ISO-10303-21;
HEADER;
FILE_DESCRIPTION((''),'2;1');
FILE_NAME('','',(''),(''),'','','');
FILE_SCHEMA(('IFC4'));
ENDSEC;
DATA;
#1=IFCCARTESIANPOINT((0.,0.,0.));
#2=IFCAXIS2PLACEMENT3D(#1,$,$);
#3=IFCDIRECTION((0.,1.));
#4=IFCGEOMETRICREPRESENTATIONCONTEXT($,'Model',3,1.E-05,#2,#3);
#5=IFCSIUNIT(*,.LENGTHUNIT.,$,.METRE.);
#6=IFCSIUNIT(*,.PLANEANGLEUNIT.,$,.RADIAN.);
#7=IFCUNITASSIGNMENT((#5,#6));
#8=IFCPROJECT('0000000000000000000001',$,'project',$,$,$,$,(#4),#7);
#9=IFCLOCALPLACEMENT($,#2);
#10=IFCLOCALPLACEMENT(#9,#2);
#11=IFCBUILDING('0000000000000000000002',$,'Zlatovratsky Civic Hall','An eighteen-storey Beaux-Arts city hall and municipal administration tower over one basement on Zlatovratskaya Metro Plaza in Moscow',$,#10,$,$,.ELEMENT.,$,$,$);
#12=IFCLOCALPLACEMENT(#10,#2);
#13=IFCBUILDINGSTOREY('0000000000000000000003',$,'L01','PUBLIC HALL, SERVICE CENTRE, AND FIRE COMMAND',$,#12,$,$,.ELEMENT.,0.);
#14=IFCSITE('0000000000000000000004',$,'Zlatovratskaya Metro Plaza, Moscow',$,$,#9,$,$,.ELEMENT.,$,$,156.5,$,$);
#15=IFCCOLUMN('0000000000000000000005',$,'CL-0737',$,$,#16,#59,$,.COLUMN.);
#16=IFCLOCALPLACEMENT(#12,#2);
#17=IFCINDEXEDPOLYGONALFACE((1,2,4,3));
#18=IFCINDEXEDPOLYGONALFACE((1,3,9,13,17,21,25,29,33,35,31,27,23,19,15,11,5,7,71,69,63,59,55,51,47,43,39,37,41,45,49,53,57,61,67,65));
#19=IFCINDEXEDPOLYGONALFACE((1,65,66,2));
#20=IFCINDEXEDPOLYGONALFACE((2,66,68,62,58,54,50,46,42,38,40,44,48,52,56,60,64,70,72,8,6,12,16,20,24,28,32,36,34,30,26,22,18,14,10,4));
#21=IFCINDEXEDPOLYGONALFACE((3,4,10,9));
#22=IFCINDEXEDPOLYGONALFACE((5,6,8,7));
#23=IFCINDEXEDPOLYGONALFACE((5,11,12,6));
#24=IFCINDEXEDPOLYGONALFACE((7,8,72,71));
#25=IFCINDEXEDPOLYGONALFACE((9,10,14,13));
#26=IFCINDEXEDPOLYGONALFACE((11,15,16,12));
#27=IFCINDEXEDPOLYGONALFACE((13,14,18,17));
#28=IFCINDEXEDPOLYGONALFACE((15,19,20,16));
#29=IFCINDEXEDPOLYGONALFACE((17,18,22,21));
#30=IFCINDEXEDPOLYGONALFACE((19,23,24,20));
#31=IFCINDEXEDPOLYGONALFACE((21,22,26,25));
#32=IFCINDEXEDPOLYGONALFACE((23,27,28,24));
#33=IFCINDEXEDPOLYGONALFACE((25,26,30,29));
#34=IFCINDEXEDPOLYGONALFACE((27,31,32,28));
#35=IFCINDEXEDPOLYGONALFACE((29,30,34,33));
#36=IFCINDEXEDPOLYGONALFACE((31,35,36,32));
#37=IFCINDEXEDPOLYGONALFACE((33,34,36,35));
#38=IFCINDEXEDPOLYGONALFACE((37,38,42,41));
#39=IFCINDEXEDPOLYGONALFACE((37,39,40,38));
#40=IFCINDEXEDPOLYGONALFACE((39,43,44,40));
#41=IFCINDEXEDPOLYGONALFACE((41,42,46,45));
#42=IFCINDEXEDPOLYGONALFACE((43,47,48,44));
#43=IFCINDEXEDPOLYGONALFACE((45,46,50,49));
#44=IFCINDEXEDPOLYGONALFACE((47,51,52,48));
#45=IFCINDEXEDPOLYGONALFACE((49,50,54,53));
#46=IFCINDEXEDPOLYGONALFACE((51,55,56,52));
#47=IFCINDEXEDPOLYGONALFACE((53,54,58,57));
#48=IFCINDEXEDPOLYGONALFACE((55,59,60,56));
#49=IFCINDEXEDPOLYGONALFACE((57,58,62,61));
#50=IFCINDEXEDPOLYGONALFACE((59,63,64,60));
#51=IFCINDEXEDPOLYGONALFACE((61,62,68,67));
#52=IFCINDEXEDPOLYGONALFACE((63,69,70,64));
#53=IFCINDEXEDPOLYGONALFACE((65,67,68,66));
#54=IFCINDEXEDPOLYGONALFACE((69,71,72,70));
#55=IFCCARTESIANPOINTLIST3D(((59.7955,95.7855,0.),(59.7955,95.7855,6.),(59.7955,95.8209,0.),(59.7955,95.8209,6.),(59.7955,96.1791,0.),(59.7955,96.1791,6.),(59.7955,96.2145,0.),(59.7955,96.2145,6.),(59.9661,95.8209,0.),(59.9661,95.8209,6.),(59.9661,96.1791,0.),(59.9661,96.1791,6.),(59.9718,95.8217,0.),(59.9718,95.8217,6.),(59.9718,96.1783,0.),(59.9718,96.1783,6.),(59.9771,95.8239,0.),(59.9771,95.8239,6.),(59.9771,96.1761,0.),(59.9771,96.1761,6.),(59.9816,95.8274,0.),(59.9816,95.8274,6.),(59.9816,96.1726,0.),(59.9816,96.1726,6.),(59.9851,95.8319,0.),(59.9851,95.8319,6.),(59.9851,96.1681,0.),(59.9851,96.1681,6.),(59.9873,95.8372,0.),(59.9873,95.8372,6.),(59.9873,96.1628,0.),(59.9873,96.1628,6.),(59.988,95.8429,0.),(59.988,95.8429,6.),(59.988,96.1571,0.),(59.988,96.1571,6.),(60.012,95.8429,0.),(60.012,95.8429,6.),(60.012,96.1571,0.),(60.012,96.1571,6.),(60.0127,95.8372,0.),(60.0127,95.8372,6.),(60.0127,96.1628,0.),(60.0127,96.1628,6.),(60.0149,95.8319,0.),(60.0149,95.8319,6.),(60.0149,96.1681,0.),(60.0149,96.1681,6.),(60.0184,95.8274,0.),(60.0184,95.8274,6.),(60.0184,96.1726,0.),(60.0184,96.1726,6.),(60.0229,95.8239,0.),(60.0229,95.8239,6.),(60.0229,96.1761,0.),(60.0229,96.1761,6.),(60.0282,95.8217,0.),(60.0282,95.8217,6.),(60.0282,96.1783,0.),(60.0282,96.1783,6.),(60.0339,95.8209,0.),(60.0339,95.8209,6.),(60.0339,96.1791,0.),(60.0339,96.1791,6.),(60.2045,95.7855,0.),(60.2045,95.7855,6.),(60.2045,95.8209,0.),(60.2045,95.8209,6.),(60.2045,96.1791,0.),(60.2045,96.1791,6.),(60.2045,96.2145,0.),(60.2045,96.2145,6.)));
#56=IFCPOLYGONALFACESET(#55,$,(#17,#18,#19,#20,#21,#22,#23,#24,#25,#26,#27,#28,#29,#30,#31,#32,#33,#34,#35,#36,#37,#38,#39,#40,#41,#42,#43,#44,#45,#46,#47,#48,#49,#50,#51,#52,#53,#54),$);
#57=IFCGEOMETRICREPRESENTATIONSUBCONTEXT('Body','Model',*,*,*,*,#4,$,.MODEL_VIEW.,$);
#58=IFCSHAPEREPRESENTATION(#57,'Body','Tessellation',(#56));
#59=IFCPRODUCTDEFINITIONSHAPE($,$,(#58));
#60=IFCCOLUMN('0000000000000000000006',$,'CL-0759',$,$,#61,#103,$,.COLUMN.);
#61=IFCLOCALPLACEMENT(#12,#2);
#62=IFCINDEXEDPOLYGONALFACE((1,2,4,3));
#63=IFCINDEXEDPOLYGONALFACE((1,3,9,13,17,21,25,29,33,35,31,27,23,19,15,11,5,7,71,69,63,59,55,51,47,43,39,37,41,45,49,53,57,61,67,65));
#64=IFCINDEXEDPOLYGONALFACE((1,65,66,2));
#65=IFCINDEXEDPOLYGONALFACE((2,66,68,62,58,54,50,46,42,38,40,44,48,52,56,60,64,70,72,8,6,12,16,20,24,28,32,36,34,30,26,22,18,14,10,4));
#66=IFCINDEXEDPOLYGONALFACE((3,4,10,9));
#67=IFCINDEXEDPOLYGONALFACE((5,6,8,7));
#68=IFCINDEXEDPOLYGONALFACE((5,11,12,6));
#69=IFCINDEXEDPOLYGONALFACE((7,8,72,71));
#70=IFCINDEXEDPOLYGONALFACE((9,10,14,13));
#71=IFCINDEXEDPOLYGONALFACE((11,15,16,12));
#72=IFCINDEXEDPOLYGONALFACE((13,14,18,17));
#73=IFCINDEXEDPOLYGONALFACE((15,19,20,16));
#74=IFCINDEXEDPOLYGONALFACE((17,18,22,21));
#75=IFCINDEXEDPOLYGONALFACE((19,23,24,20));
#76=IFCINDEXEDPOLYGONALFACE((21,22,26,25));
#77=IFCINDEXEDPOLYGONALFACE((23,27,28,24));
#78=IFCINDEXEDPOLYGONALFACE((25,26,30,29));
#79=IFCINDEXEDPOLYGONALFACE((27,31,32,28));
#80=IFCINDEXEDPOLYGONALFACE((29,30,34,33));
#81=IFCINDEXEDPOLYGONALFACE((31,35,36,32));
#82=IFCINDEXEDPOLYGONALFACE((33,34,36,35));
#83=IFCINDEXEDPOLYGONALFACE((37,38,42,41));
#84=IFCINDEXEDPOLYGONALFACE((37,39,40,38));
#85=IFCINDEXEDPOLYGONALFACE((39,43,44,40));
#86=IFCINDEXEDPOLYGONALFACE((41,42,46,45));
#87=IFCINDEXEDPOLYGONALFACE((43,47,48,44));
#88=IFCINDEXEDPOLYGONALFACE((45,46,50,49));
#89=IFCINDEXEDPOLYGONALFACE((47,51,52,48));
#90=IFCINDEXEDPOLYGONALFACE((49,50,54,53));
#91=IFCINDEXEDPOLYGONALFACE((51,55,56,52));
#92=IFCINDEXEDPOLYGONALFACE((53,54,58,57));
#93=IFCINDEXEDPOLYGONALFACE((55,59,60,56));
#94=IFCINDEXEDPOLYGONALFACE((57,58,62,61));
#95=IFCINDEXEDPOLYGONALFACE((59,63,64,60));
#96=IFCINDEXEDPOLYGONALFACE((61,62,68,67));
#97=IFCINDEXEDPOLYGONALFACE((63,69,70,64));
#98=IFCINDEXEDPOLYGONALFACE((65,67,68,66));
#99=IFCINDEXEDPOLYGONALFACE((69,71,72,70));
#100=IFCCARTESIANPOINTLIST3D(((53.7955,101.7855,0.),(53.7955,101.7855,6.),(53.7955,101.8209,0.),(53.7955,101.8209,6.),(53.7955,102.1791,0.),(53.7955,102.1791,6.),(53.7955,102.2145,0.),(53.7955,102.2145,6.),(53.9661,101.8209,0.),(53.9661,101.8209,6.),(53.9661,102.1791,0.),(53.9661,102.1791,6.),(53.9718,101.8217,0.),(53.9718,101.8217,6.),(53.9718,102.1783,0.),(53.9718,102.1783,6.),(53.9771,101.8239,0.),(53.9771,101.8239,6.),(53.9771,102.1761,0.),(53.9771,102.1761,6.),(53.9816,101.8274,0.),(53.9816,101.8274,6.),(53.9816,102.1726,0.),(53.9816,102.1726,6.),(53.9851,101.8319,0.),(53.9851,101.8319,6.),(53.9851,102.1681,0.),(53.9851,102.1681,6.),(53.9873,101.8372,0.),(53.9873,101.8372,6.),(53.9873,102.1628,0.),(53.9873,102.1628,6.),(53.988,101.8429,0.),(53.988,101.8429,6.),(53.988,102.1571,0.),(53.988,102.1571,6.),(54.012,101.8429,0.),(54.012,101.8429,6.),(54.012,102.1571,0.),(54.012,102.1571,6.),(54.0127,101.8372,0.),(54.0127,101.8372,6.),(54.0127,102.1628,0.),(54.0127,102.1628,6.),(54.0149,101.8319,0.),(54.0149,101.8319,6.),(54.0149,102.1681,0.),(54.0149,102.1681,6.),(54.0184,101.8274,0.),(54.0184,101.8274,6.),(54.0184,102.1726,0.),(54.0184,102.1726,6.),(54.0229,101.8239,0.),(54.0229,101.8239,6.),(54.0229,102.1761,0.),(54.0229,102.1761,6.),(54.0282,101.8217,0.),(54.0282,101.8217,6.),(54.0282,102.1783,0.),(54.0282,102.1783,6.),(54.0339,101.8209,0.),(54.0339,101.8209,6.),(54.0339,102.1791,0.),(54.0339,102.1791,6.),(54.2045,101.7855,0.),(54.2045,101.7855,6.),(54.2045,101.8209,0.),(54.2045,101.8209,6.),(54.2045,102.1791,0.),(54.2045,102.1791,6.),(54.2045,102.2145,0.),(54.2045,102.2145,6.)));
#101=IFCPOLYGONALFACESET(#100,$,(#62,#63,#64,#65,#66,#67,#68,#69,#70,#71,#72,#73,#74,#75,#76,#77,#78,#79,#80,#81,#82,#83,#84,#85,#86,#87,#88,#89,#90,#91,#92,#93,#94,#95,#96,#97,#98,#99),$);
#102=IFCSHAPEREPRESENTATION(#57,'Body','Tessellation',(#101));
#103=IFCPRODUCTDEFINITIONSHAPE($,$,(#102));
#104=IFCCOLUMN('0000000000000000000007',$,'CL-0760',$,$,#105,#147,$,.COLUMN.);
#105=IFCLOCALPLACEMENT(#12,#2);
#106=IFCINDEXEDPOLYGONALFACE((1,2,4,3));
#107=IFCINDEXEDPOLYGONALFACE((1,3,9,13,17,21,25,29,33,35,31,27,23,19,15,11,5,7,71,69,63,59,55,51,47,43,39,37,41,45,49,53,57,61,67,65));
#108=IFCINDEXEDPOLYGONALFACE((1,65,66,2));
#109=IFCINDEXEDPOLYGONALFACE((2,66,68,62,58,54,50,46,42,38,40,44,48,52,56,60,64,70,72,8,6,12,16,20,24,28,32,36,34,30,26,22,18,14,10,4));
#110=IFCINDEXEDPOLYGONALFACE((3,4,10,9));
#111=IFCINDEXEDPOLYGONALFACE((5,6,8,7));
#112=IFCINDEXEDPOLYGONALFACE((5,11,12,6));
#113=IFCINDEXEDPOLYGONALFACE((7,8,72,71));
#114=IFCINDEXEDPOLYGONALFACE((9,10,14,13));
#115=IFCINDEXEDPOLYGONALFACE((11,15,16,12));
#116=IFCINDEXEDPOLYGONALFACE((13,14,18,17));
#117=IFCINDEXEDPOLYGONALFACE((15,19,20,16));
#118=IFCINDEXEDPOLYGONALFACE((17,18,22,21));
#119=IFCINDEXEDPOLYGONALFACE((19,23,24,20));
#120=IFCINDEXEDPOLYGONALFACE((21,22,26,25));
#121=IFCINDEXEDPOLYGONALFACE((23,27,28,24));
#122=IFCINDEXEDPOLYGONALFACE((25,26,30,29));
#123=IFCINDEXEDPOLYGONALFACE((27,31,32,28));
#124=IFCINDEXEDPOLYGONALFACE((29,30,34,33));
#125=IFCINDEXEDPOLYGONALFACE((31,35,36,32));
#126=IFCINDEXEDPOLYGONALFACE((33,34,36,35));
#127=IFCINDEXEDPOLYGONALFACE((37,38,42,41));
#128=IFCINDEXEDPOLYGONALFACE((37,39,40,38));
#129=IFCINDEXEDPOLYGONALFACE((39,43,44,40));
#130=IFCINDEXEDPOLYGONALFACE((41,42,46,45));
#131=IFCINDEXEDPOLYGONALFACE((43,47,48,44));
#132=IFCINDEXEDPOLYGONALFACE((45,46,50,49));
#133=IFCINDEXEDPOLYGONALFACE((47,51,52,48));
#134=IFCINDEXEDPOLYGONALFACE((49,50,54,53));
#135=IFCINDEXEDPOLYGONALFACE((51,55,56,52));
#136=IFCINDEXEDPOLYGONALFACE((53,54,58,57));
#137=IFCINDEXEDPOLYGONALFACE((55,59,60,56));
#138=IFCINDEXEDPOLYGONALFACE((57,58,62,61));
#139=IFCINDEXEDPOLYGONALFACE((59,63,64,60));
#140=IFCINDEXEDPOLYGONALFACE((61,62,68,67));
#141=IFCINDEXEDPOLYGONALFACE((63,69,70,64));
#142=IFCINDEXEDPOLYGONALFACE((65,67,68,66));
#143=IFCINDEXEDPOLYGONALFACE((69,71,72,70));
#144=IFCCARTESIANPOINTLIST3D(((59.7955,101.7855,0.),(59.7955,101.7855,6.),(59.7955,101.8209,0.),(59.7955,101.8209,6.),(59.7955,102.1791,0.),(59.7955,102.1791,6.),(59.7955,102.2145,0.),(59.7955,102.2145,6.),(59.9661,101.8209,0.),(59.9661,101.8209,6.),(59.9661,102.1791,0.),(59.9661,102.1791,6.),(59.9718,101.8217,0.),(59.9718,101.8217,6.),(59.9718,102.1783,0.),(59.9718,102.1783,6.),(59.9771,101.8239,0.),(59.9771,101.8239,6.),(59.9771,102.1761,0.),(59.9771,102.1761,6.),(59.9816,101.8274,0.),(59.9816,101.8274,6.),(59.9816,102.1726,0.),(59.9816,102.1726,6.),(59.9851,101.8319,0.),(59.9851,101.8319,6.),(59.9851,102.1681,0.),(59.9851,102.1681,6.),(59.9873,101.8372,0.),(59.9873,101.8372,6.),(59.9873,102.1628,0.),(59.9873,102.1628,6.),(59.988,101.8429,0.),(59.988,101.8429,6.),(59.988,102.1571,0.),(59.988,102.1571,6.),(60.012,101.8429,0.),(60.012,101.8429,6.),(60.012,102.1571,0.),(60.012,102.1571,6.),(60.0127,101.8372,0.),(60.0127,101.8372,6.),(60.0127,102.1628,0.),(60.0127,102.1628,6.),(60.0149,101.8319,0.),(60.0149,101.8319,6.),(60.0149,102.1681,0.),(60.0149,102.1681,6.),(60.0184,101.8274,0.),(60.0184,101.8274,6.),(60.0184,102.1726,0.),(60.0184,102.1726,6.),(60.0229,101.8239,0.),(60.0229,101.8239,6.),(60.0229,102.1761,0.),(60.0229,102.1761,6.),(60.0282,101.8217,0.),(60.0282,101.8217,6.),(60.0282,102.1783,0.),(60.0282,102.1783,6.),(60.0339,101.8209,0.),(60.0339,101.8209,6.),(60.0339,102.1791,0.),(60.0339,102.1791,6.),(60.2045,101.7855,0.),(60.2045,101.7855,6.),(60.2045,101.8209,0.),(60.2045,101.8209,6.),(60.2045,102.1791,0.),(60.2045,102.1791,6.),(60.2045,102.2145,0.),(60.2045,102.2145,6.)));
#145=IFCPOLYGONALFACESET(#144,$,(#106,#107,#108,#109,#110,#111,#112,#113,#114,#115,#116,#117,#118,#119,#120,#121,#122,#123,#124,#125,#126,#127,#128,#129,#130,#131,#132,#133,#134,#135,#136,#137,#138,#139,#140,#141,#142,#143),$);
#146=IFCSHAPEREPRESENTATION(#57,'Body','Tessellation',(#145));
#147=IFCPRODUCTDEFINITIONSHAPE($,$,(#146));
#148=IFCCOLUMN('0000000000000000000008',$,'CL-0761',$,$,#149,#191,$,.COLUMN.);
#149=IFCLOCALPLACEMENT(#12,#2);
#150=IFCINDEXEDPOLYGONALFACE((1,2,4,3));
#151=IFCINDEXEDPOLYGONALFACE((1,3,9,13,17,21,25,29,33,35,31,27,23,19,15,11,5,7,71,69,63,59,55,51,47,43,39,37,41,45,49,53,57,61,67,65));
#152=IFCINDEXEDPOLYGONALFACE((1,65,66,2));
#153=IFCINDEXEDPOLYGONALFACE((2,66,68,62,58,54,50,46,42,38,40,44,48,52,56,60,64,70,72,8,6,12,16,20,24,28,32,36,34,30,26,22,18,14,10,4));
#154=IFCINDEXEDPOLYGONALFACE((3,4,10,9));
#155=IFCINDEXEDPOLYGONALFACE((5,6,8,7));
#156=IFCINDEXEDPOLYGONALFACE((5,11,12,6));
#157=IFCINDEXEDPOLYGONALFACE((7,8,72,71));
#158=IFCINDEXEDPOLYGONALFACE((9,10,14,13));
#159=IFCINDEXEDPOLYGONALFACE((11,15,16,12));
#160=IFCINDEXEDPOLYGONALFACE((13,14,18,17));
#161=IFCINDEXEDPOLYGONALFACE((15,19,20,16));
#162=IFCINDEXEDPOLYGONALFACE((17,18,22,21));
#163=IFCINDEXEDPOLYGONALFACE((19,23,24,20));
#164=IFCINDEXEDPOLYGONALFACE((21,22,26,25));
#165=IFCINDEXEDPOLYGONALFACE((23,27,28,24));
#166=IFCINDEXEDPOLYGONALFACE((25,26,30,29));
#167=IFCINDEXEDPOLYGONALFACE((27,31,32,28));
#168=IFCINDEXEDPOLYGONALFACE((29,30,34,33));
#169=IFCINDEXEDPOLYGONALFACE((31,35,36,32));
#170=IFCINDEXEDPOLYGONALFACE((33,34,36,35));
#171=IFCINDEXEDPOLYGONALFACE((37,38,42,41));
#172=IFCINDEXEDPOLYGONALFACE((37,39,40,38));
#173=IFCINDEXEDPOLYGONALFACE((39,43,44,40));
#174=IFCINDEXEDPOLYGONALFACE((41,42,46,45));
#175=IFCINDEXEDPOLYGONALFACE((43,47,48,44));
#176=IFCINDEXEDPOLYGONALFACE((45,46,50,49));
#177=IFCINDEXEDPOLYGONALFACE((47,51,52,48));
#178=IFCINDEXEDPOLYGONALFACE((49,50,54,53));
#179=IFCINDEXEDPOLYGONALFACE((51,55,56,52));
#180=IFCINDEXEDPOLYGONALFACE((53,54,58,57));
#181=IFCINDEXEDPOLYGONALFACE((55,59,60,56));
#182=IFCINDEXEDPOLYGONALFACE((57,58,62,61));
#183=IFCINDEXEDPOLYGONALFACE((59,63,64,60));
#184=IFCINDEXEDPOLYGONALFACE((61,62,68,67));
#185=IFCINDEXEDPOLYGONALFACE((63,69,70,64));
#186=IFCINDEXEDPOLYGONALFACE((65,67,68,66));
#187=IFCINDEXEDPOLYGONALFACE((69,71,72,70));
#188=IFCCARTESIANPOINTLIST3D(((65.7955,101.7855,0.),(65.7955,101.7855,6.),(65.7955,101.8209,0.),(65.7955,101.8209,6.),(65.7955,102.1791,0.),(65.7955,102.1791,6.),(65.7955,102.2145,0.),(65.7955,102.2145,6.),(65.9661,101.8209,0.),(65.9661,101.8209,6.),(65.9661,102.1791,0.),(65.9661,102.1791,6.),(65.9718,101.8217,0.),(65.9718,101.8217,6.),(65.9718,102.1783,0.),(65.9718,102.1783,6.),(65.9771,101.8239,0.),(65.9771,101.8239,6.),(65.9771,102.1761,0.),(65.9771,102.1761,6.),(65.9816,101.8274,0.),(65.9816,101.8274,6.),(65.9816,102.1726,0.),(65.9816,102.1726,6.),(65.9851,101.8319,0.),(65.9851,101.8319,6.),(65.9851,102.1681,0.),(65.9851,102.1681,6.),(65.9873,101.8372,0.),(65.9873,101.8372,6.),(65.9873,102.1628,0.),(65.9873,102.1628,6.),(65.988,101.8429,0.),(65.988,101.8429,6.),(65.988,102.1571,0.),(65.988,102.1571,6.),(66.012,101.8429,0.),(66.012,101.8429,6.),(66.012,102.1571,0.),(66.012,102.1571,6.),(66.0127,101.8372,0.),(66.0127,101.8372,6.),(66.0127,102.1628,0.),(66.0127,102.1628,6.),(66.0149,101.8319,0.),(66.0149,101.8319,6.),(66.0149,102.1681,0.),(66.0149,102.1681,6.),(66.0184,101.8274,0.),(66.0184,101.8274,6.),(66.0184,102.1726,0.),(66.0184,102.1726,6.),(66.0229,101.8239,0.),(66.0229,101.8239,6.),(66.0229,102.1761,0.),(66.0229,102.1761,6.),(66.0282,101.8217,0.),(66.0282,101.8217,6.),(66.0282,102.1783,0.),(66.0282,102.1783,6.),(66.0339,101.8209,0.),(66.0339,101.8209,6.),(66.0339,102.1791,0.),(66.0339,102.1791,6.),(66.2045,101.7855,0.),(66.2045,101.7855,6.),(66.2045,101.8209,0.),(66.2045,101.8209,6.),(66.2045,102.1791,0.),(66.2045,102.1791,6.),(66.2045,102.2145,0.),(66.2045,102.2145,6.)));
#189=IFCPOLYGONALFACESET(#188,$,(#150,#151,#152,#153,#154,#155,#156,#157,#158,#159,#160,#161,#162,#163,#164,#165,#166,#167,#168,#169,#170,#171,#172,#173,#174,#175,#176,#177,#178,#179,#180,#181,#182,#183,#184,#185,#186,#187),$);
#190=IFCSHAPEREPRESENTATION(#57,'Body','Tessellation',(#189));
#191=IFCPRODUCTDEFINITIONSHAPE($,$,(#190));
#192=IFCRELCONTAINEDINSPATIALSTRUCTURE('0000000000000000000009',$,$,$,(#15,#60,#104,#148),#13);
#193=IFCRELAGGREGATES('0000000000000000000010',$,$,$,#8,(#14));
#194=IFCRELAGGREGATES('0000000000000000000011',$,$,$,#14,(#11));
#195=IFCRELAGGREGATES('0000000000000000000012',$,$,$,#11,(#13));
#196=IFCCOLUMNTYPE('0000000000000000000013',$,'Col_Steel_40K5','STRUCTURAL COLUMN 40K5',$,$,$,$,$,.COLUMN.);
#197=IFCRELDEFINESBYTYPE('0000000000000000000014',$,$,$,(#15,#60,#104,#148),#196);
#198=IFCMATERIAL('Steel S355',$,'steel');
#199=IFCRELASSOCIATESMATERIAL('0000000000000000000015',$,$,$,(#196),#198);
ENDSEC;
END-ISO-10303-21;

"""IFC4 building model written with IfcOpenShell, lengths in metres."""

from ifc_helpers import new_model, si_unit, direction, frame, origin, origin_2d, place, context, subcontext, project, spatial, i_section, extrude, material, material_profile, profile_set, type_object, element, save


model = new_model("IFC4")

# Units and contexts
model_context = context("Model", 3, precision=1e-05, world=origin(), true_north=direction((0.0, 1.0)))
body_context = subcontext(model_context, "Body", "Model", "MODEL_VIEW")
ifc_project = project(units=[si_unit("LENGTHUNIT", "METRE"), si_unit("PLANEANGLEUNIT", "RADIAN")], contexts=[model_context])

# Site, building, storey
site_placement = place(None, origin())
site = spatial("IfcSite", under=ifc_project, at=site_placement, Name="Zlatovratskaya Metro Plaza, Moscow", CompositionType="ELEMENT", RefElevation=156.5)
building_placement = place(site_placement, origin())
building = spatial("IfcBuilding", under=site, at=building_placement, Name="Zlatovratsky Civic Hall", Description="An eighteen-storey Beaux-Arts city hall and municipal administration tower over one basement on Zlatovratskaya Metro Plaza in Moscow", CompositionType="ELEMENT")
storey_placement = place(building_placement, origin())
storey = spatial("IfcBuildingStorey", under=building, at=storey_placement, Name="L01", Description="PUBLIC HALL, SERVICE CENTRE, AND FIRE COMMAND", CompositionType="ELEMENT", Elevation=0.0)

# Columns
ifc_material_1 = material(Name="Steel S355", Category="steel")
ifc_material_profile_1 = material_profile(ifc_material_1, i_section(OverallWidth=0.4089, OverallDepth=0.429, WebThickness=0.0239, FlangeThickness=0.0354, FilletRadius=0.022, at=origin_2d()), Name="40K5")
ifc_profile_set_1 = profile_set([ifc_material_profile_1], Name="Steel S355")
column_type_1 = type_object("IfcColumnType", Name="Col_Steel_40K5", Description="STRUCTURAL COLUMN 40K5", PredefinedType="COLUMN", material=ifc_profile_set_1)
for number, where, z_axis, x_axis, name in (
    (1, (60.0, 96.0, 0.0), (0.0, 0.0, 1.0), (1.0, 0.0, 0.0), "CL-0737"),
    (2, (54.0, 102.0, 0.0), (0.0, 0.0, 1.0), (1.0, 0.0, 0.0), "CL-0759"),
    (3, (60.0, 102.0, 0.0), (0.0, 0.0, 1.0), (1.0, 0.0, 0.0), "CL-0760"),
    (4, (66.0, 102.0, 0.0), (0.0, 0.0, 1.0), (1.0, 0.0, 0.0), "CL-0761"),
):
    element("IfcColumn", number, at=place(storey_placement, frame(where, z_axis=z_axis, x_axis=x_axis)), inside=storey, type_object=column_type_1, Name=name, PredefinedType="COLUMN", context=body_context, shape_type="SweptSolid", body=[
        extrude(i_section(OverallWidth=0.4089, OverallDepth=0.429, WebThickness=0.0239, FlangeThickness=0.0354, FilletRadius=0.022, at=origin_2d()), origin(), (0.0, 0.0, 1.0), 6.0),
    ])

save(model, "model.ifc")
